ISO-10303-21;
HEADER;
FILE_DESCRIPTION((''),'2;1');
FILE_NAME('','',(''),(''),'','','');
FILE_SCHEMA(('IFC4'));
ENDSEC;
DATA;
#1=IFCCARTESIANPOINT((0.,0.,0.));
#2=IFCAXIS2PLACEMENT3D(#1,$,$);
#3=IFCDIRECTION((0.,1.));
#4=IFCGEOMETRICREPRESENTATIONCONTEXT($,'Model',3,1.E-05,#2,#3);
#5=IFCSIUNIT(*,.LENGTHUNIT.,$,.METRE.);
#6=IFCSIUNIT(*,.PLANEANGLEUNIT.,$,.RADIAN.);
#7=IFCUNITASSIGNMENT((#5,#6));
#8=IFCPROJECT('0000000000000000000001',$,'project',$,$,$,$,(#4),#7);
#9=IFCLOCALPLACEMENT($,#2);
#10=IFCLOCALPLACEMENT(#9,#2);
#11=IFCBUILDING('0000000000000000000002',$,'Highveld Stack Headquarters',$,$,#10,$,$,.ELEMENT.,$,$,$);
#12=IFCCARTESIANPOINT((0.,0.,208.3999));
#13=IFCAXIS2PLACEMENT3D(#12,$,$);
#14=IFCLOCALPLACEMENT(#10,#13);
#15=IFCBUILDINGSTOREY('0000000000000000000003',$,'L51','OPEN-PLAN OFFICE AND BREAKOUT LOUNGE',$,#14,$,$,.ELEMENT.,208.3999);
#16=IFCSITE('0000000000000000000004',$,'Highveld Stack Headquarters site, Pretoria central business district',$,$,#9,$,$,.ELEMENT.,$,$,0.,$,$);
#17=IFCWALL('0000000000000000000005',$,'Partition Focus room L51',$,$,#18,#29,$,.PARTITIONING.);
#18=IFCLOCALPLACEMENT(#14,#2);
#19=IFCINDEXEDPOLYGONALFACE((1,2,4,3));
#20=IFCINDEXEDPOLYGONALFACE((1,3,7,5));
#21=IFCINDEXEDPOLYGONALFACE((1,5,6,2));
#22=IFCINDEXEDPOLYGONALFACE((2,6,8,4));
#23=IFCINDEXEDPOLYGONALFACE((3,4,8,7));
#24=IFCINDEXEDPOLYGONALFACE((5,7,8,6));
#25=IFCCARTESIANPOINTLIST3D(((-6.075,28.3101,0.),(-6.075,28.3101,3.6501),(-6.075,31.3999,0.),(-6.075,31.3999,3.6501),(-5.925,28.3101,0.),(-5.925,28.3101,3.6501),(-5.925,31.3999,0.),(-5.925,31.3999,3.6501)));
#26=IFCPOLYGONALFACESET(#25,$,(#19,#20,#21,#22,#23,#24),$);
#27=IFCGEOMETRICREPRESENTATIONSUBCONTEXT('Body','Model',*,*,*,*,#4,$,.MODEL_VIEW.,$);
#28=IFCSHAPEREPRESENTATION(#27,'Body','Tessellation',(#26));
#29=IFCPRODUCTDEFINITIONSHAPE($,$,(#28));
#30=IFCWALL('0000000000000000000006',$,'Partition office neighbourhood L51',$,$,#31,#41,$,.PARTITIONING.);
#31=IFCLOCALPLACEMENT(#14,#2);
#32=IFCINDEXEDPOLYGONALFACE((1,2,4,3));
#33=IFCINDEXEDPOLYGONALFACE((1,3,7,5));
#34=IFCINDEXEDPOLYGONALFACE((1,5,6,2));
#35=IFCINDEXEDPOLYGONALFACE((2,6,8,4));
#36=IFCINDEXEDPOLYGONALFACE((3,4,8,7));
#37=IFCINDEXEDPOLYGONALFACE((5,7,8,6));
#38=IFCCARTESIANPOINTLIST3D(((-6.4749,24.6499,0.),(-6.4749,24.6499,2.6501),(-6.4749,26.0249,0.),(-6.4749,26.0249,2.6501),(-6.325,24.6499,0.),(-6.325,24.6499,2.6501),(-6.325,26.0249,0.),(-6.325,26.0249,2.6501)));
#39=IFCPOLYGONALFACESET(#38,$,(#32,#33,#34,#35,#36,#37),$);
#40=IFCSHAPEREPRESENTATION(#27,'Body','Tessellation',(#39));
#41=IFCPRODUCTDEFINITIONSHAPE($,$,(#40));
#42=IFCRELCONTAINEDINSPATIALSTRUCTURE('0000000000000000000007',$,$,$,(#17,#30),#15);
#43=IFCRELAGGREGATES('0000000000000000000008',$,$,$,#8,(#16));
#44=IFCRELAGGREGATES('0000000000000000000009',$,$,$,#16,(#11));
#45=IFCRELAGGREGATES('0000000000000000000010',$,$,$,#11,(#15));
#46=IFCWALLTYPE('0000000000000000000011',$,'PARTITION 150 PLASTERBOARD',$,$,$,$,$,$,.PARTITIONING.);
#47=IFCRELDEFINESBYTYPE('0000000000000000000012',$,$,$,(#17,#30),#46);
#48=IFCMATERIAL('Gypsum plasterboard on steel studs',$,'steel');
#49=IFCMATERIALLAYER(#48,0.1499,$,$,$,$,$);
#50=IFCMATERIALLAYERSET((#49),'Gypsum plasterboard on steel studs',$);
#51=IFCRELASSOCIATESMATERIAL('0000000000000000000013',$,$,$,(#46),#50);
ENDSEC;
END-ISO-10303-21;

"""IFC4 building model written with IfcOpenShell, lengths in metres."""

from ifc_helpers import new_model, si_unit, direction, frame, frame_2d, origin, place, context, subcontext, project, spatial, rectangle, extrude, material, layer, layer_set, type_object, element, save


model = new_model("IFC4")

# Units and contexts
model_context = context("Model", 3, precision=1e-05, world=origin(), true_north=direction((0.0, 1.0)))
body_context = subcontext(model_context, "Body", "Model", "MODEL_VIEW")
ifc_project = project(units=[si_unit("LENGTHUNIT", "METRE"), si_unit("PLANEANGLEUNIT", "RADIAN")], contexts=[model_context])

# Site, building, storey
site_placement = place(None, origin())
site = spatial("IfcSite", under=ifc_project, at=site_placement, Name="Highveld Stack Headquarters site, Pretoria central business district", CompositionType="ELEMENT", RefElevation=0.0)
building_placement = place(site_placement, origin())
building = spatial("IfcBuilding", under=site, at=building_placement, Name="Highveld Stack Headquarters", CompositionType="ELEMENT")
storey_placement = place(building_placement, frame((0.0, 0.0, 208.3999)))
storey = spatial("IfcBuildingStorey", under=building, at=storey_placement, Name="L51", Description="OPEN-PLAN OFFICE AND BREAKOUT LOUNGE", CompositionType="ELEMENT", Elevation=208.3999)

# Shared definitions
ifc_material_1 = material(Name="Gypsum plasterboard on steel studs", Category="steel")
ifc_layer_1 = layer(ifc_material_1, 0.1499)
ifc_layer_set_1 = layer_set([ifc_layer_1], Name="Gypsum plasterboard on steel studs")
wall_type = type_object("IfcWallType", Name="PARTITION 150 PLASTERBOARD", PredefinedType="PARTITIONING", material=ifc_layer_set_1)

# Walls
wall_1_placement = place(storey_placement, frame((-6.0, 28.3101, 0.0), z_axis=(0.0, 0.0, 1.0), x_axis=(0.0, 1.0, 0.0)))
element("IfcWall", 1, at=wall_1_placement, inside=storey, type_object=wall_type, Name="Partition Focus room L51", PredefinedType="PARTITIONING", context=body_context, shape_type="SweptSolid", body=[
    extrude(rectangle(XDim=3.0898, YDim=0.1499, at=frame_2d((1.5449, 0.0))), origin(), (0.0, 0.0, 1.0), 3.6501),
])
wall_2_placement = place(storey_placement, frame((-6.3999, 24.6499, 0.0), z_axis=(0.0, 0.0, 1.0), x_axis=(0.0, 1.0, 0.0)))
element("IfcWall", 2, at=wall_2_placement, inside=storey, type_object=wall_type, Name="Partition office neighbourhood L51", PredefinedType="PARTITIONING", context=body_context, shape_type="SweptSolid", body=[
    extrude(rectangle(XDim=1.375, YDim=0.1499, at=frame_2d((0.6875, 0.0))), origin(), (0.0, 0.0, 1.0), 2.6501),
])

save(model, "model.ifc")
